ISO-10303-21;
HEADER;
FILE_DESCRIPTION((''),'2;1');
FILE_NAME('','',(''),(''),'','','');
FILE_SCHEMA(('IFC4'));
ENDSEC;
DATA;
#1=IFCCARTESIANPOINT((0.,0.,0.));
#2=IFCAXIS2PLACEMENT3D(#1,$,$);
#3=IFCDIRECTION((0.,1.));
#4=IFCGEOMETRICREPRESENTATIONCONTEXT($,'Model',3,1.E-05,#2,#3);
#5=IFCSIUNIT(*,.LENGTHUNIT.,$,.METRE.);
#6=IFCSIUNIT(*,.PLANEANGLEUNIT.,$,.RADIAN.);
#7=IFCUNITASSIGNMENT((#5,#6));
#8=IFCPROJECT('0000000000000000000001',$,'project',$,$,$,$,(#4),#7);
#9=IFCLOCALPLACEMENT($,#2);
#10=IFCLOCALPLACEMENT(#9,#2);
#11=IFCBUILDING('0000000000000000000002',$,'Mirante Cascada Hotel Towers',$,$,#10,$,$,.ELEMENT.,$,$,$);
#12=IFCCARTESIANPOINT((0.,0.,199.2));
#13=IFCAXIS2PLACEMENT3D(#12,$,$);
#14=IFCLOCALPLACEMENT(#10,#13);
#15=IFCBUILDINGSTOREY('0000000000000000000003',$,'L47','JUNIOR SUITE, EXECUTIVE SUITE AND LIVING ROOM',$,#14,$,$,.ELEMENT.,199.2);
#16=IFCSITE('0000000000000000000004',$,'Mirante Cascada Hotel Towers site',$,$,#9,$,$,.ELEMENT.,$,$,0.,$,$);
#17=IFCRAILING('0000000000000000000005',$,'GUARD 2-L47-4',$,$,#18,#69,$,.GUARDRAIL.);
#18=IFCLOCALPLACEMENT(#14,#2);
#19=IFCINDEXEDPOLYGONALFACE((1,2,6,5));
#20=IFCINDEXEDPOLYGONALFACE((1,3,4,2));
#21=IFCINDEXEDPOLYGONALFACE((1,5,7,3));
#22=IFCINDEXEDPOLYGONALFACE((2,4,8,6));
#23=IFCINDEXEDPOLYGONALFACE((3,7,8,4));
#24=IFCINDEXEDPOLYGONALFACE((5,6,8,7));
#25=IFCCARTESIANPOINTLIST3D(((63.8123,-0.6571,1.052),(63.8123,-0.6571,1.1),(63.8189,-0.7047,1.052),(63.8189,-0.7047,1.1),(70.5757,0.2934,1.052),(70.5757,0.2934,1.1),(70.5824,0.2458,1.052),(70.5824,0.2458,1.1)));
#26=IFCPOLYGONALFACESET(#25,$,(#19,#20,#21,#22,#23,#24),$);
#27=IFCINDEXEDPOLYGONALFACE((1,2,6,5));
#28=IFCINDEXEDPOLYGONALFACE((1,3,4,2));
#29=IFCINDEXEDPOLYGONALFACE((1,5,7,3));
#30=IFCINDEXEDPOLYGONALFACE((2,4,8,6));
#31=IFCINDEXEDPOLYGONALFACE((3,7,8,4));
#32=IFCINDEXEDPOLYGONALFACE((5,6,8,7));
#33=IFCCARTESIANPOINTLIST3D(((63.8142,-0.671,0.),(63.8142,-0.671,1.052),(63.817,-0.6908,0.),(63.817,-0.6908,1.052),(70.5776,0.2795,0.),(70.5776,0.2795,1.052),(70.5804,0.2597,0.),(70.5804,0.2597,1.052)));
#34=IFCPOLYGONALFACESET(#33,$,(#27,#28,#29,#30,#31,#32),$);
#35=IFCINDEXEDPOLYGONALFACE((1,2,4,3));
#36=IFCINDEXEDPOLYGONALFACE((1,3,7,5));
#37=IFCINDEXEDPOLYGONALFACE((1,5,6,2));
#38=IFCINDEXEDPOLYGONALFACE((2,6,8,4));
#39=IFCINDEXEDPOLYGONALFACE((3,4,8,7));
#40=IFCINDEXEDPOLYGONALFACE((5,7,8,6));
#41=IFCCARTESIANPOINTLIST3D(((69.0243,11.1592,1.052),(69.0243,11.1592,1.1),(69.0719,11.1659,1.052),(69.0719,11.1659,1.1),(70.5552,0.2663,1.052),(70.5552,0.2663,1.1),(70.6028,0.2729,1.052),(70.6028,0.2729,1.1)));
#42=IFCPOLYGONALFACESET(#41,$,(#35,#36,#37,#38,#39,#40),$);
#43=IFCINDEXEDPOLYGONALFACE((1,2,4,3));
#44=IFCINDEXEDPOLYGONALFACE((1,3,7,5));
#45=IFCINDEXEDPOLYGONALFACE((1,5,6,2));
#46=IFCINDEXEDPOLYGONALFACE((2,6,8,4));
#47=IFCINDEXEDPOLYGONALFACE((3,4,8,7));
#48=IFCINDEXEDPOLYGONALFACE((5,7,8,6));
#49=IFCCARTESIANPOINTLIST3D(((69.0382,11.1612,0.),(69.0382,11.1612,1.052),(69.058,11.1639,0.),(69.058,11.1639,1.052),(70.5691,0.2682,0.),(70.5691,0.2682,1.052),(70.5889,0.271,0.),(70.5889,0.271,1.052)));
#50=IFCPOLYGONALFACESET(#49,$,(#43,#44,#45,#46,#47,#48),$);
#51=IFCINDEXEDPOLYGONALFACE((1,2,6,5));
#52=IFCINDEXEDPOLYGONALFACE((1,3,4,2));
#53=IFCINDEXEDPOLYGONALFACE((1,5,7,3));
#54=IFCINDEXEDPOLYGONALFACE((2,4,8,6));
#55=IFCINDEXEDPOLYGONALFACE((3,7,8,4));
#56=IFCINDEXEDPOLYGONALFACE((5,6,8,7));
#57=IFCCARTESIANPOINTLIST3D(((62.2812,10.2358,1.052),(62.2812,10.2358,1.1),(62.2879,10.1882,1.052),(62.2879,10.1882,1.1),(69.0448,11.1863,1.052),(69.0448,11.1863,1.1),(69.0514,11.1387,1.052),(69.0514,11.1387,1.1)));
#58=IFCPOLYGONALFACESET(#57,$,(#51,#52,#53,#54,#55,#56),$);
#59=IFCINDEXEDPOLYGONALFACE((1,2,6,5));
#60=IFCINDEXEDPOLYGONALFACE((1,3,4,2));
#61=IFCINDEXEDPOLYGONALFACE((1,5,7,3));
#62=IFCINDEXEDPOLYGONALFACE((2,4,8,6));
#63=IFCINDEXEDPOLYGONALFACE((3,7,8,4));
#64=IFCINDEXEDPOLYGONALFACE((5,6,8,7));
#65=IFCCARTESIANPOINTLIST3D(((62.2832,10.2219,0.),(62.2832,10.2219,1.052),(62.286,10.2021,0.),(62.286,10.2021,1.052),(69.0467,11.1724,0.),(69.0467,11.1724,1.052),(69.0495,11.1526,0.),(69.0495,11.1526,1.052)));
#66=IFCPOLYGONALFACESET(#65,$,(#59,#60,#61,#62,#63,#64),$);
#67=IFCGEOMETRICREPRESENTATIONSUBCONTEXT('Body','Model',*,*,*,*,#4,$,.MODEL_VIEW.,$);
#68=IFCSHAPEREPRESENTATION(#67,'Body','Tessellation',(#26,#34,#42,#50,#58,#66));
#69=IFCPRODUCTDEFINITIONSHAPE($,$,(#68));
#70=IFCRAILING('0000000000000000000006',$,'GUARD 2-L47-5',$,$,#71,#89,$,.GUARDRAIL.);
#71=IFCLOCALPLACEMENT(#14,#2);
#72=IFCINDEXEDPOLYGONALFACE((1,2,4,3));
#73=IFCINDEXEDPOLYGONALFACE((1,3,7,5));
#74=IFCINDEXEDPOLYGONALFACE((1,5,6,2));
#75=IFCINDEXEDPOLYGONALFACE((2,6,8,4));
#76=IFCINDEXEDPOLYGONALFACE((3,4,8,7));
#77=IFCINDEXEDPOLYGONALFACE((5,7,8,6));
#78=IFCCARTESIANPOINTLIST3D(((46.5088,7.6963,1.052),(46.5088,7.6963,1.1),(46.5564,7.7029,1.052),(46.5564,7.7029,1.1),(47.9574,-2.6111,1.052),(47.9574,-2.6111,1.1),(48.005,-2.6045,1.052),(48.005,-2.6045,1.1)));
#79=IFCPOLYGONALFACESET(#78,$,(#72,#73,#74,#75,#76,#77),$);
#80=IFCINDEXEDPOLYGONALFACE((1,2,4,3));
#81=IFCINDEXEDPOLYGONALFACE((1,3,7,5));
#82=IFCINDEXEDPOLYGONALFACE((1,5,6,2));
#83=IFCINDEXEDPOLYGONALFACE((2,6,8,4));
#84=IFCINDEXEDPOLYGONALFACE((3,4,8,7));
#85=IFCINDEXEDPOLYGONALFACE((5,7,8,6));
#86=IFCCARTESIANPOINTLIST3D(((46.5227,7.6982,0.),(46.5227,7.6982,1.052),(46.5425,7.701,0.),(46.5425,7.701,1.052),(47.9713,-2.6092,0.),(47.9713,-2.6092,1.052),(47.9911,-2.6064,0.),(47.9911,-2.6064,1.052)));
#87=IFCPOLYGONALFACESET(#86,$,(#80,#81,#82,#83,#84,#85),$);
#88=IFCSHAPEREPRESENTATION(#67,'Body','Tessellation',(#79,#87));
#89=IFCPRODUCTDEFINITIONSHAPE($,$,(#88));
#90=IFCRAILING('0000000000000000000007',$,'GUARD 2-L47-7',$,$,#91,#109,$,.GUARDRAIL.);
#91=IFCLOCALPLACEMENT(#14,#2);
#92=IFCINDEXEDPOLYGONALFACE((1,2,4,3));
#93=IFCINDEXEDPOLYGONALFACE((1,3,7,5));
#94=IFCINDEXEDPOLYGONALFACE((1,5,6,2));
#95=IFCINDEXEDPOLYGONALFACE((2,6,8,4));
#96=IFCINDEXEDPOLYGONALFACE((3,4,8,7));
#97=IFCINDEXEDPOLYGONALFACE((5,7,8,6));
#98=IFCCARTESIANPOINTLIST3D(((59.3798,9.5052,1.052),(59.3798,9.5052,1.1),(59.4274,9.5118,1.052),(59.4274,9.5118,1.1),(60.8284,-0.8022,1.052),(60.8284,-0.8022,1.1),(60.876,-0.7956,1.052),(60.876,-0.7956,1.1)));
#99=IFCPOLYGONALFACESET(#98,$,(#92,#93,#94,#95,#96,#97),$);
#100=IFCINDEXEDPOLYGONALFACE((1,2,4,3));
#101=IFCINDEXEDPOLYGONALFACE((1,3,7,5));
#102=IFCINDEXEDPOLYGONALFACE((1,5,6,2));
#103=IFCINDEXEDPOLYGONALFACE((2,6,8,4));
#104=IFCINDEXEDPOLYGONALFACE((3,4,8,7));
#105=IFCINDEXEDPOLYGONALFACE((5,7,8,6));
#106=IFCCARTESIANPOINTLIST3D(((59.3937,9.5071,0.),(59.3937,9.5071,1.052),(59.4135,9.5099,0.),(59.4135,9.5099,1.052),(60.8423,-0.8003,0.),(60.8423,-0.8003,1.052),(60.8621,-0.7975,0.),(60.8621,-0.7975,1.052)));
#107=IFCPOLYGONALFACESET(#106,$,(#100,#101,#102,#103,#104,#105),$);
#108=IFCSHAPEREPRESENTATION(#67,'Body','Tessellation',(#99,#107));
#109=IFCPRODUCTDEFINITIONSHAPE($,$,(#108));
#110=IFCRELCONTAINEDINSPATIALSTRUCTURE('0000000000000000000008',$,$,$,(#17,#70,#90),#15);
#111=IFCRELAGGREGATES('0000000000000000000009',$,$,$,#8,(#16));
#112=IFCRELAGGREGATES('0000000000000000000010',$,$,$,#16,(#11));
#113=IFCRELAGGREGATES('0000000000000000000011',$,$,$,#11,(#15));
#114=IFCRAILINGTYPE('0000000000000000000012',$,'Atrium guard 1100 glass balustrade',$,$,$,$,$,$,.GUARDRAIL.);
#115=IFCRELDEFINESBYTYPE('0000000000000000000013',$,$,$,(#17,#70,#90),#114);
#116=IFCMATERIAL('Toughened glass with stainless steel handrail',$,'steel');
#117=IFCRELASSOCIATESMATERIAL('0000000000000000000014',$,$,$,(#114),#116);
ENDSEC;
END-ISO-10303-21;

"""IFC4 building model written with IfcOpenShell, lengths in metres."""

from ifc_helpers import new_model, si_unit, direction, frame, origin, origin_2d, place, context, subcontext, project, spatial, rectangle, extrude, material, type_object, element, save


model = new_model("IFC4")

# Units and contexts
model_context = context("Model", 3, precision=1e-05, world=origin(), true_north=direction((0.0, 1.0)))
body_context = subcontext(model_context, "Body", "Model", "MODEL_VIEW")
ifc_project = project(units=[si_unit("LENGTHUNIT", "METRE"), si_unit("PLANEANGLEUNIT", "RADIAN")], contexts=[model_context])

# Site, building, storey
site_placement = place(None, origin())
site = spatial("IfcSite", under=ifc_project, at=site_placement, Name="Mirante Cascada Hotel Towers site", CompositionType="ELEMENT", RefElevation=0.0)
building_placement = place(site_placement, origin())
building = spatial("IfcBuilding", under=site, at=building_placement, Name="Mirante Cascada Hotel Towers", CompositionType="ELEMENT")
storey_placement = place(building_placement, frame((0.0, 0.0, 199.2)))
storey = spatial("IfcBuildingStorey", under=building, at=storey_placement, Name="L47", Description="JUNIOR SUITE, EXECUTIVE SUITE AND LIVING ROOM", CompositionType="ELEMENT", Elevation=199.2)

# Railings
ifc_material_1 = material(Name="Toughened glass with stainless steel handrail", Category="steel")
railing_type_1 = type_object("IfcRailingType", Name="Atrium guard 1100 glass balustrade", PredefinedType="GUARDRAIL", material=ifc_material_1)
railing_1_placement = place(storey_placement, frame((63.8156, -0.6809, 0.0)))
element("IfcRailing", 1, at=railing_1_placement, inside=storey, type_object=railing_type_1, Name="GUARD 2-L47-4", PredefinedType="GUARDRAIL", context=body_context, shape_type="SweptSolid", body=[
    extrude(rectangle(XDim=0.048, YDim=0.048, at=origin_2d()), frame((0.0, 0.0, 1.076), z_axis=(0.990269, 0.139168, 0.0), x_axis=(-0.139168, 0.990269, 0.0)), (0.0, 0.0, 1.0), 6.8299),
    extrude(rectangle(XDim=0.02, YDim=1.052, at=origin_2d()), frame((0.0, 0.0, 0.526), z_axis=(0.990269, 0.139168, 0.0), x_axis=(-0.139168, 0.990269, 0.0)), (0.0, 0.0, 1.0), 6.8299),
    extrude(rectangle(XDim=0.048, YDim=0.048, at=origin_2d()), frame((6.7634, 0.9505, 1.076), z_axis=(-0.139173, 0.990268, 0.0), x_axis=(-0.990268, -0.139173, 0.0)), (0.0, 0.0, 1.0), 11.0),
    extrude(rectangle(XDim=0.02, YDim=1.052, at=origin_2d()), frame((6.7634, 0.9505, 0.526), z_axis=(-0.139173, 0.990268, 0.0), x_axis=(-0.990268, -0.139173, 0.0)), (0.0, 0.0, 1.0), 11.0),
    extrude(rectangle(XDim=0.048, YDim=0.048, at=origin_2d()), frame((5.2325, 11.8434, 1.076), z_axis=(-0.990269, -0.139166, 0.0), x_axis=(0.139166, -0.990269, 0.0)), (0.0, 0.0, 1.0), 6.83),
    extrude(rectangle(XDim=0.02, YDim=1.052, at=origin_2d()), frame((5.2325, 11.8434, 0.526), z_axis=(-0.990269, -0.139166, 0.0), x_axis=(0.139166, -0.990269, 0.0)), (0.0, 0.0, 1.0), 6.83),
])
for number, where, name in (
    (2, (47.9812, -2.6078, 0.0), "GUARD 2-L47-5"),
    (3, (60.8522, -0.7989, 0.0), "GUARD 2-L47-7"),
):
    element("IfcRailing", number, at=place(storey_placement, frame(where)), inside=storey, type_object=railing_type_1, Name=name, PredefinedType="GUARDRAIL", context=body_context, shape_type="SweptSolid", body=[
        extrude(rectangle(XDim=0.048, YDim=0.048, at=origin_2d()), frame((0.0, 0.0, 1.076), z_axis=(-0.139172, 0.990268, 0.0), x_axis=(-0.990268, -0.139172, 0.0)), (0.0, 0.0, 1.0), 10.4087),
        extrude(rectangle(XDim=0.02, YDim=1.052, at=origin_2d()), frame((0.0, 0.0, 0.526), z_axis=(-0.139172, 0.990268, 0.0), x_axis=(-0.990268, -0.139172, 0.0)), (0.0, 0.0, 1.0), 10.4087),
    ])

save(model, "model.ifc")
